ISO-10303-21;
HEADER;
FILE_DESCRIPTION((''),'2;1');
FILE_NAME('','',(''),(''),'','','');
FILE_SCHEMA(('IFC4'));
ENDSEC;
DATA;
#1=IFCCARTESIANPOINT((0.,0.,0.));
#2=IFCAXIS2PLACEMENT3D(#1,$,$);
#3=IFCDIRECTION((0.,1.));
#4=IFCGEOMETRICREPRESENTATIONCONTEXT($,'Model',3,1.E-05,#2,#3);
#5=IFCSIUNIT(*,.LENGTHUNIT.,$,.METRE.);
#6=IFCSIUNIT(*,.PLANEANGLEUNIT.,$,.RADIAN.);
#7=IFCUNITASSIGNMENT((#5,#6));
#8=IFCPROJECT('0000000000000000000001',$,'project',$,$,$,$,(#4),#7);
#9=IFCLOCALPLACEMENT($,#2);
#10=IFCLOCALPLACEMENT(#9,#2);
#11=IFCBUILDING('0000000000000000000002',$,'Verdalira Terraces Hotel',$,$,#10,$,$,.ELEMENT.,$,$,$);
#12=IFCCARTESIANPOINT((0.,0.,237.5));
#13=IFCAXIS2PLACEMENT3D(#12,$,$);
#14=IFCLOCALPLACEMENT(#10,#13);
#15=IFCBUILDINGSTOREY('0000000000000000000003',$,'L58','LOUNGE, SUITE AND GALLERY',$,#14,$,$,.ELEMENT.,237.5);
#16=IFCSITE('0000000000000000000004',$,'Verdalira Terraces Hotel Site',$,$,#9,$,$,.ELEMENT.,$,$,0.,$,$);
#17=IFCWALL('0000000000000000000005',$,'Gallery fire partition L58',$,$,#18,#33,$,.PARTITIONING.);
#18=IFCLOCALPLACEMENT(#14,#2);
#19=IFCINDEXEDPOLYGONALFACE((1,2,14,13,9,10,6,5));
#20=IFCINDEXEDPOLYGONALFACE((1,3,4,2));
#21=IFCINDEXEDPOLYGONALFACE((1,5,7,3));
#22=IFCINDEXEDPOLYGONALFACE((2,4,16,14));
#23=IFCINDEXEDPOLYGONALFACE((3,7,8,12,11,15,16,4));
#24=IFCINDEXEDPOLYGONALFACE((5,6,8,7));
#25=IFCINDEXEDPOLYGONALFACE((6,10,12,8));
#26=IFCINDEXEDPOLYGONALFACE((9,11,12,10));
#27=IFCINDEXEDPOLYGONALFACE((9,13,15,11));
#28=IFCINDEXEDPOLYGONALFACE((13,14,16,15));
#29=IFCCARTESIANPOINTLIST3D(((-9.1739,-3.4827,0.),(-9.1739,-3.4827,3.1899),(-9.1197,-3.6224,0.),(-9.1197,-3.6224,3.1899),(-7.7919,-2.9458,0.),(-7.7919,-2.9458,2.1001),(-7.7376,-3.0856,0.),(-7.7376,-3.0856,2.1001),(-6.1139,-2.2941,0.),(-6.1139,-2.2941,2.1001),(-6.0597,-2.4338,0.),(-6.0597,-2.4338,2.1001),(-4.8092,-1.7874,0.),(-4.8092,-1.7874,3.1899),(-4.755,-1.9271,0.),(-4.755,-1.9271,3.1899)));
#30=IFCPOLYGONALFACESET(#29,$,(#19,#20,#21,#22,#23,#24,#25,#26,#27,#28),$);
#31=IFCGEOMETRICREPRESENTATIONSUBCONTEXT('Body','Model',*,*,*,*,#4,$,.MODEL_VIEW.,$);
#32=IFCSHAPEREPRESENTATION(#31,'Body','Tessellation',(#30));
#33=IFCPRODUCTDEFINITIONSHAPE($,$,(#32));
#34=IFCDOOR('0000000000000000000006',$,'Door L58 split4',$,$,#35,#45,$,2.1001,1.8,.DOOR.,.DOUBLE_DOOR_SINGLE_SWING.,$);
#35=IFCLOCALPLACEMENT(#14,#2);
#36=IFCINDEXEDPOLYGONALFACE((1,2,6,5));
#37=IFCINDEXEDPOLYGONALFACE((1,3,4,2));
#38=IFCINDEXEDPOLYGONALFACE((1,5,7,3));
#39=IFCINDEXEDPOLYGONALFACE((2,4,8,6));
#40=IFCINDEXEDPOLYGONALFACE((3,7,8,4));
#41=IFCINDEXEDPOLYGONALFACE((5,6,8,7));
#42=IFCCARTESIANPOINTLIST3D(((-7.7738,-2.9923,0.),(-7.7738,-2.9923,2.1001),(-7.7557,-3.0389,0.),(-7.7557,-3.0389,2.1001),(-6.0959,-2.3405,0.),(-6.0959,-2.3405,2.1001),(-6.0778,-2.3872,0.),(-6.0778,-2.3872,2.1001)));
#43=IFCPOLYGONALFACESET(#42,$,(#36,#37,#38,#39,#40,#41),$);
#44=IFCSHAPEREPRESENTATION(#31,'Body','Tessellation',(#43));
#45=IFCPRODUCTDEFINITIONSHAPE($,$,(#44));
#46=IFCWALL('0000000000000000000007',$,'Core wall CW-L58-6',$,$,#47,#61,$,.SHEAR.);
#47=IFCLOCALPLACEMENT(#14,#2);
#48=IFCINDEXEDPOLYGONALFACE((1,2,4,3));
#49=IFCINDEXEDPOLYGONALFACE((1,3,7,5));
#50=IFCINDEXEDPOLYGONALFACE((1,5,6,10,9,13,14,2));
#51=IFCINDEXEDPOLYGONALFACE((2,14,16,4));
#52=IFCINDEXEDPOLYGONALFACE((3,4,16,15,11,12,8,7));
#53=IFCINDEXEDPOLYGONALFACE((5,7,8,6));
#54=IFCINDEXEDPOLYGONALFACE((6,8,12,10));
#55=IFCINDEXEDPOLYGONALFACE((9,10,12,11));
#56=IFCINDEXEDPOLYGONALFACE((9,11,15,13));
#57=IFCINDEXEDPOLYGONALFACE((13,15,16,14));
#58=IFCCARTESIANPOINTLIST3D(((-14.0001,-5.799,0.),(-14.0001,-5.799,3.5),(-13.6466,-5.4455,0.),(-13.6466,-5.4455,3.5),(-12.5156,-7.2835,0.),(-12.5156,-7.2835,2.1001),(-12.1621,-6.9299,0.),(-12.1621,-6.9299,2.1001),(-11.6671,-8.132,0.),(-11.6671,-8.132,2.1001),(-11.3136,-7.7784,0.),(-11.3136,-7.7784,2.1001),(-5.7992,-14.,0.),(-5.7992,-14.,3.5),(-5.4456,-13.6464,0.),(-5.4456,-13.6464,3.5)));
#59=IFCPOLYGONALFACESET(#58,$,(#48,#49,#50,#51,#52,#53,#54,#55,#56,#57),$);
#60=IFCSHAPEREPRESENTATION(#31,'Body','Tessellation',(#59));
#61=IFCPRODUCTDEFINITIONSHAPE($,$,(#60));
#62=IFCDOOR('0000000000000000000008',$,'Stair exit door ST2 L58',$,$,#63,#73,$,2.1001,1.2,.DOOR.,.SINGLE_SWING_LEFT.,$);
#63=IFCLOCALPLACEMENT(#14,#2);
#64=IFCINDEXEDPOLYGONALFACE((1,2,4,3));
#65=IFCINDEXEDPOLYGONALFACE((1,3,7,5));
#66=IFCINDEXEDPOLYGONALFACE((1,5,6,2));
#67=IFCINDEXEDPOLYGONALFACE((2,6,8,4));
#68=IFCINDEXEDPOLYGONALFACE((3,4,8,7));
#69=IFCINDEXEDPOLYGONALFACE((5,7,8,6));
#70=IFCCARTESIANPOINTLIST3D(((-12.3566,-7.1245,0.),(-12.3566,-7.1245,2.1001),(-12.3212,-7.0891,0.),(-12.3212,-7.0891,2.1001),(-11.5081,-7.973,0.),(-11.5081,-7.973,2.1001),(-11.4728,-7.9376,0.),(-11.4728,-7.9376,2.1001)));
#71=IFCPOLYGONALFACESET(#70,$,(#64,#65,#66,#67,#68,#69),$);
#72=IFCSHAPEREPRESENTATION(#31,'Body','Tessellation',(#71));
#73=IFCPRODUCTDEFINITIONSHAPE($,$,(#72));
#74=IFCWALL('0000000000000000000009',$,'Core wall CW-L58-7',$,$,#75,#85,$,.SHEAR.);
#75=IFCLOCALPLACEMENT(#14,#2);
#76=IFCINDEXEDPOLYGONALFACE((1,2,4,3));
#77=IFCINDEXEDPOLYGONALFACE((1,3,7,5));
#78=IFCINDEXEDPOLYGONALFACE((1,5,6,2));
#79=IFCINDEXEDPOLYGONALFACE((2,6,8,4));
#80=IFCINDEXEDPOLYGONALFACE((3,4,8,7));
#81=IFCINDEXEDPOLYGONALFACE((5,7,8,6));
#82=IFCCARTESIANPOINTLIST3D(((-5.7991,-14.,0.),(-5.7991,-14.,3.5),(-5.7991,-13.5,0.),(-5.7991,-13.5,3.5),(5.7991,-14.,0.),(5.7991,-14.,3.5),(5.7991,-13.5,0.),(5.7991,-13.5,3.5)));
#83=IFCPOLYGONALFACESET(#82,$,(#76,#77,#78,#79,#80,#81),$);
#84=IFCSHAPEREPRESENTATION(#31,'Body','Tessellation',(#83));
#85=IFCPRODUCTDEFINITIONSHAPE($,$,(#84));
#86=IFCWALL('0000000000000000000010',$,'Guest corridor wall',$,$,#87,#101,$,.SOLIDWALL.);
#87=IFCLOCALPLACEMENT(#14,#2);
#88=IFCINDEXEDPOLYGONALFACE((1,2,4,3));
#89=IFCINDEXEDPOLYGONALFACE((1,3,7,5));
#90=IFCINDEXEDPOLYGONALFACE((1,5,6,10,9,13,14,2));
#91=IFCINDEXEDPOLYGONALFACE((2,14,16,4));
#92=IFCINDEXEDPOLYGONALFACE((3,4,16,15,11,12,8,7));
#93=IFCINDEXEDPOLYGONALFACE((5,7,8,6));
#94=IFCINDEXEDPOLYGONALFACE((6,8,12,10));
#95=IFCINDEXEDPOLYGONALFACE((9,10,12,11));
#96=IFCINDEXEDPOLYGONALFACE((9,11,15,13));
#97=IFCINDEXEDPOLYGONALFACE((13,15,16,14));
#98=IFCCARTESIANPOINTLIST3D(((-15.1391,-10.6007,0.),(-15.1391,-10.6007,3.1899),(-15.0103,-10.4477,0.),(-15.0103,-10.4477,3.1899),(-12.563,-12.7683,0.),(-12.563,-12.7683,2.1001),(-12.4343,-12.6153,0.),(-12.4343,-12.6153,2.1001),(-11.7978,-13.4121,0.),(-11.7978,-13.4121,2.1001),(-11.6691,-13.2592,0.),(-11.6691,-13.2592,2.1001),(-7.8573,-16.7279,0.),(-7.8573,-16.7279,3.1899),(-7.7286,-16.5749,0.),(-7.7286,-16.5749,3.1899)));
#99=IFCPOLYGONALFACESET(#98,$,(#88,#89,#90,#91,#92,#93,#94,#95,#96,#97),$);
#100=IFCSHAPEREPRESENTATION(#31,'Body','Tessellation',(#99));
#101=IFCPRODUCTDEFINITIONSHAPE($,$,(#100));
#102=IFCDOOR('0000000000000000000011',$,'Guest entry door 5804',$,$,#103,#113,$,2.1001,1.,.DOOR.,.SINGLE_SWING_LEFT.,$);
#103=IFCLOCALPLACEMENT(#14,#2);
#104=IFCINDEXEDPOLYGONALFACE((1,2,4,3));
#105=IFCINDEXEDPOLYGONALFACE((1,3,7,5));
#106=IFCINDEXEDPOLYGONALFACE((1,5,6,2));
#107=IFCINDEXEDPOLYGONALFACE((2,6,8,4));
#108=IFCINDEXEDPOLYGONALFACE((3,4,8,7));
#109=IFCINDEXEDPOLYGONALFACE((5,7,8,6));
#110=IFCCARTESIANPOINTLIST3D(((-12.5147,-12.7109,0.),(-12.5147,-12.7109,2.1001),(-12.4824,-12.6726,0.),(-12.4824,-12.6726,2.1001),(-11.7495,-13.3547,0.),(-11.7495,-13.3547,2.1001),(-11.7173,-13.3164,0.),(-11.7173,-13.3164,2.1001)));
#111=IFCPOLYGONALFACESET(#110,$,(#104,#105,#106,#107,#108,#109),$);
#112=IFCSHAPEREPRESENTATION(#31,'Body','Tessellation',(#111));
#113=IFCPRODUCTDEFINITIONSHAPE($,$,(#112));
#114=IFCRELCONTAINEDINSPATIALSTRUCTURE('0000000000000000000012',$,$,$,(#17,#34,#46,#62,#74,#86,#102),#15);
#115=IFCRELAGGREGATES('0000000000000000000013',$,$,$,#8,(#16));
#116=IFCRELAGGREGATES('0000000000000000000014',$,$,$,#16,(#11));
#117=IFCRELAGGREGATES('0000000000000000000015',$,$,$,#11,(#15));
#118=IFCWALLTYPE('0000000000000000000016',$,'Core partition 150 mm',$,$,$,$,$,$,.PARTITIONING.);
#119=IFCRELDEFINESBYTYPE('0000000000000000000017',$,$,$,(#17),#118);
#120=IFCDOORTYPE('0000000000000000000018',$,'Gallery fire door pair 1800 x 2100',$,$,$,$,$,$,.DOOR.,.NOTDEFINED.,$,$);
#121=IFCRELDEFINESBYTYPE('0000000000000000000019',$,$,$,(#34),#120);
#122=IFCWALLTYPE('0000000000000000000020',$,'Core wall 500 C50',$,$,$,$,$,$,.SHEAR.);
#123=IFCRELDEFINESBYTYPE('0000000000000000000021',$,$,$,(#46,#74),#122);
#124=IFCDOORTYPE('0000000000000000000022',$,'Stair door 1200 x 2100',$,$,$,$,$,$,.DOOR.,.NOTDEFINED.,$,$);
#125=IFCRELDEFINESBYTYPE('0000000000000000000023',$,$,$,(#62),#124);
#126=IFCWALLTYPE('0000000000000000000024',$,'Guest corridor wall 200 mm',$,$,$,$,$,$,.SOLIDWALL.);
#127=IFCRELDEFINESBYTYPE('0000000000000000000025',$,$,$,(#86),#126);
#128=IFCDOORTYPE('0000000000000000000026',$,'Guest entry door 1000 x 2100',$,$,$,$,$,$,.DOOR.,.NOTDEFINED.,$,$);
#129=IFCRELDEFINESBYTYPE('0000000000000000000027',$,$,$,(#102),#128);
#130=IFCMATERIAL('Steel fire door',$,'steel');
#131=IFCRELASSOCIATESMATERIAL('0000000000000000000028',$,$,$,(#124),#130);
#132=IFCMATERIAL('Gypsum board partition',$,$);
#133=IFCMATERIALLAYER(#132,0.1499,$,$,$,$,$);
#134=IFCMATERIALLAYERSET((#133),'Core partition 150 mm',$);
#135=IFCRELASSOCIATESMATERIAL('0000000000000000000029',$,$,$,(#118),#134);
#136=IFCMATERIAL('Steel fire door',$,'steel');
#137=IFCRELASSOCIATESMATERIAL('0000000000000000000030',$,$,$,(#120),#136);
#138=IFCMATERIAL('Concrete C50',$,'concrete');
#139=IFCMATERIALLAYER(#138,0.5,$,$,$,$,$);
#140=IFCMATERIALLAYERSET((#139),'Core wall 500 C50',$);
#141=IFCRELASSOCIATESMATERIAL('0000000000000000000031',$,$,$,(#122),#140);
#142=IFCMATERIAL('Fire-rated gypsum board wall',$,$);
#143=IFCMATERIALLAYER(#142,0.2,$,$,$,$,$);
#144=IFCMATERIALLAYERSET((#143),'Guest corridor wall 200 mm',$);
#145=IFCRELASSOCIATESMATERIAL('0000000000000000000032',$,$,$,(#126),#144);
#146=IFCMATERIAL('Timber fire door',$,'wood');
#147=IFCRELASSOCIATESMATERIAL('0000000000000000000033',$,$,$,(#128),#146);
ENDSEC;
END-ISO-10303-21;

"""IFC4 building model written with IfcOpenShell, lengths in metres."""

from ifc_helpers import new_model, si_unit, direction, frame, frame_2d, origin, place, context, subcontext, project, spatial, rectangle, extrude, material, layer, layer_set, type_object, element, fill, save


model = new_model("IFC4")

# Units and contexts
model_context = context("Model", 3, precision=1e-05, world=origin(), true_north=direction((0.0, 1.0)))
body_context = subcontext(model_context, "Body", "Model", "MODEL_VIEW")
ifc_project = project(units=[si_unit("LENGTHUNIT", "METRE"), si_unit("PLANEANGLEUNIT", "RADIAN")], contexts=[model_context])

# Site, building, storey
site_placement = place(None, origin())
site = spatial("IfcSite", under=ifc_project, at=site_placement, Name="Verdalira Terraces Hotel Site", CompositionType="ELEMENT", RefElevation=0.0)
building_placement = place(site_placement, origin())
building = spatial("IfcBuilding", under=site, at=building_placement, Name="Verdalira Terraces Hotel", CompositionType="ELEMENT")
storey_placement = place(building_placement, frame((0.0, 0.0, 237.5)))
storey = spatial("IfcBuildingStorey", under=building, at=storey_placement, Name="L58", Description="LOUNGE, SUITE AND GALLERY", CompositionType="ELEMENT", Elevation=237.5)

# Shared definitions
ifc_material_1 = material(Name="Steel fire door", Category="steel")
door_type_1 = type_object("IfcDoorType", Name="Stair door 1200 x 2100", OperationType="NOTDEFINED", PredefinedType="DOOR", material=ifc_material_1)

# Walls, openings, doors
ifc_material_2 = material(Name="Gypsum board partition")
ifc_layer_1 = layer(ifc_material_2, 0.1499)
ifc_layer_set_1 = layer_set([ifc_layer_1], Name="Core partition 150 mm")
wall_type_1 = type_object("IfcWallType", Name="Core partition 150 mm", PredefinedType="PARTITIONING", material=ifc_layer_set_1)
wall_1_placement = place(storey_placement, frame((-4.782, -1.8572, 0.0), z_axis=(0.0, 0.0, 1.0), x_axis=(-0.932155, -0.362059, 0.0)))
wall_1 = element("IfcWall", 1, at=wall_1_placement, inside=storey, type_object=wall_type_1, Name="Gallery fire partition L58", PredefinedType="PARTITIONING", context=body_context, shape_type="SweptSolid", body=[
    extrude(rectangle(XDim=4.6824, YDim=0.1499, at=frame_2d((2.3413, 0.0))), origin(), (0.0, 0.0, 1.0), 3.1899),
])
opening_1_placement = place(wall_1_placement, frame((1.3999, 0.0, 0.0)))
opening_1 = element("IfcOpeningElement", 2, at=opening_1_placement, cuts=wall_1, PredefinedType="OPENING", context=body_context, shape_type="SweptSolid", body=[
    extrude(rectangle(XDim=1.8, YDim=2.1001, at=frame_2d((0.8999, 1.05))), frame((0.0, 0.085, 0.0), z_axis=(0.0, -1.0, 0.0), x_axis=(1.0, 0.0, 0.0)), (0.0, 0.0, 1.0), 0.1699),
])
ifc_material_3 = material(Name="Steel fire door", Category="steel")
door_type_2 = type_object("IfcDoorType", Name="Gallery fire door pair 1800 x 2100", OperationType="NOTDEFINED", PredefinedType="DOOR", material=ifc_material_3)
door_1_placement = place(opening_1_placement, origin())
door_1 = element("IfcDoor", 3, at=door_1_placement, inside=storey, type_object=door_type_2, Name="Door L58 split4", OperationType="DOUBLE_DOOR_SINGLE_SWING", OverallHeight=2.1001, OverallWidth=1.8, PredefinedType="DOOR", context=body_context, shape_type="SweptSolid", body=[
    extrude(rectangle(XDim=1.8, YDim=2.1001, at=frame_2d((0.8999, 1.05))), frame((0.0, 0.0249, 0.0), z_axis=(0.0, -1.0, 0.0), x_axis=(1.0, 0.0, 0.0)), (0.0, 0.0, 1.0), 0.05),
])
fill(opening_1, door_1)
ifc_material_4 = material(Name="Concrete C50", Category="concrete")
ifc_layer_2 = layer(ifc_material_4, 0.5)
ifc_layer_set_2 = layer_set([ifc_layer_2], Name="Core wall 500 C50")
wall_type_2 = type_object("IfcWallType", Name="Core wall 500 C50", PredefinedType="SHEAR", material=ifc_layer_set_2)
wall_2_placement = place(storey_placement, frame((-13.8232, -5.6223, 0.0), z_axis=(0.0, 0.0, 1.0), x_axis=(0.707107, -0.707107, 0.0)))
wall_2 = element("IfcWall", 4, at=wall_2_placement, inside=storey, type_object=wall_type_2, Name="Core wall CW-L58-6", PredefinedType="SHEAR", context=body_context, shape_type="SweptSolid", body=[
    extrude(rectangle(XDim=11.5979, YDim=0.5, at=frame_2d((5.7988, 0.0))), origin(), (0.0, 0.0, 1.0), 3.5),
])
opening_2_placement = place(wall_2_placement, frame((2.0991, 0.0, 0.0)))
opening_2 = element("IfcOpeningElement", 5, at=opening_2_placement, cuts=wall_2, PredefinedType="OPENING", context=body_context, shape_type="SweptSolid", body=[
    extrude(rectangle(XDim=1.2, YDim=2.1001, at=frame_2d((0.6001, 1.05))), frame((0.0, 0.26, 0.0), z_axis=(0.0, -1.0, 0.0), x_axis=(1.0, 0.0, 0.0)), (0.0, 0.0, 1.0), 0.52),
])
door_2_placement = place(opening_2_placement, origin())
door_2 = element("IfcDoor", 6, at=door_2_placement, inside=storey, type_object=door_type_1, Name="Stair exit door ST2 L58", OperationType="SINGLE_SWING_LEFT", OverallHeight=2.1001, OverallWidth=1.2, PredefinedType="DOOR", context=body_context, shape_type="SweptSolid", body=[
    extrude(rectangle(XDim=1.2, YDim=2.1001, at=frame_2d((0.6001, 1.05))), frame((0.0, 0.0249, 0.0), z_axis=(0.0, -1.0, 0.0), x_axis=(1.0, 0.0, 0.0)), (0.0, 0.0, 1.0), 0.05),
])
fill(opening_2, door_2)

# Wall
wall_3_placement = place(storey_placement, frame((-5.7991, -13.75, 0.0), z_axis=(0.0, 0.0, 1.0), x_axis=(1.0, 0.0, 0.0)))
element("IfcWall", 7, at=wall_3_placement, inside=storey, type_object=wall_type_2, Name="Core wall CW-L58-7", PredefinedType="SHEAR", context=body_context, shape_type="SweptSolid", body=[
    extrude(rectangle(XDim=11.5981, YDim=0.5, at=frame_2d((5.7991, 0.0))), origin(), (0.0, 0.0, 1.0), 3.5),
])

# Wall, opening, door
ifc_material_5 = material(Name="Fire-rated gypsum board wall")
ifc_layer_3 = layer(ifc_material_5, 0.2)
ifc_layer_set_3 = layer_set([ifc_layer_3], Name="Guest corridor wall 200 mm")
wall_type_3 = type_object("IfcWallType", Name="Guest corridor wall 200 mm", PredefinedType="SOLIDWALL", material=ifc_layer_set_3)
wall_4_placement = place(storey_placement, frame((-7.793, -16.6514, 0.0), z_axis=(0.0, 0.0, 1.0), x_axis=(-0.765159, 0.643841, 0.0)))
wall_4 = element("IfcWall", 8, at=wall_4_placement, inside=storey, type_object=wall_type_3, Name="Guest corridor wall", PredefinedType="SOLIDWALL", context=body_context, shape_type="SweptSolid", body=[
    extrude(rectangle(XDim=9.5166, YDim=0.2, at=frame_2d((4.7583, 0.0))), origin(), (0.0, 0.0, 1.0), 3.1899),
])
opening_3_placement = place(wall_4_placement, frame((5.1499, 0.0, 0.0)))
opening_3 = element("IfcOpeningElement", 9, at=opening_3_placement, cuts=wall_4, PredefinedType="OPENING", context=body_context, shape_type="SweptSolid", body=[
    extrude(rectangle(XDim=1.0, YDim=2.1001, at=frame_2d((0.5, 1.05))), frame((0.0, 0.1099, 0.0), z_axis=(0.0, -1.0, 0.0), x_axis=(1.0, 0.0, 0.0)), (0.0, 0.0, 1.0), 0.22),
])
ifc_material_6 = material(Name="Timber fire door", Category="wood")
door_type_3 = type_object("IfcDoorType", Name="Guest entry door 1000 x 2100", OperationType="NOTDEFINED", PredefinedType="DOOR", material=ifc_material_6)
door_3_placement = place(opening_3_placement, origin())
door_3 = element("IfcDoor", 10, at=door_3_placement, inside=storey, type_object=door_type_3, Name="Guest entry door 5804", OperationType="SINGLE_SWING_LEFT", OverallHeight=2.1001, OverallWidth=1.0, PredefinedType="DOOR", context=body_context, shape_type="SweptSolid", body=[
    extrude(rectangle(XDim=1.0, YDim=2.1001, at=frame_2d((0.5, 1.05))), frame((0.0, 0.0249, 0.0), z_axis=(0.0, -1.0, 0.0), x_axis=(1.0, 0.0, 0.0)), (0.0, 0.0, 1.0), 0.05),
])
fill(opening_3, door_3)

save(model, "model.ifc")
